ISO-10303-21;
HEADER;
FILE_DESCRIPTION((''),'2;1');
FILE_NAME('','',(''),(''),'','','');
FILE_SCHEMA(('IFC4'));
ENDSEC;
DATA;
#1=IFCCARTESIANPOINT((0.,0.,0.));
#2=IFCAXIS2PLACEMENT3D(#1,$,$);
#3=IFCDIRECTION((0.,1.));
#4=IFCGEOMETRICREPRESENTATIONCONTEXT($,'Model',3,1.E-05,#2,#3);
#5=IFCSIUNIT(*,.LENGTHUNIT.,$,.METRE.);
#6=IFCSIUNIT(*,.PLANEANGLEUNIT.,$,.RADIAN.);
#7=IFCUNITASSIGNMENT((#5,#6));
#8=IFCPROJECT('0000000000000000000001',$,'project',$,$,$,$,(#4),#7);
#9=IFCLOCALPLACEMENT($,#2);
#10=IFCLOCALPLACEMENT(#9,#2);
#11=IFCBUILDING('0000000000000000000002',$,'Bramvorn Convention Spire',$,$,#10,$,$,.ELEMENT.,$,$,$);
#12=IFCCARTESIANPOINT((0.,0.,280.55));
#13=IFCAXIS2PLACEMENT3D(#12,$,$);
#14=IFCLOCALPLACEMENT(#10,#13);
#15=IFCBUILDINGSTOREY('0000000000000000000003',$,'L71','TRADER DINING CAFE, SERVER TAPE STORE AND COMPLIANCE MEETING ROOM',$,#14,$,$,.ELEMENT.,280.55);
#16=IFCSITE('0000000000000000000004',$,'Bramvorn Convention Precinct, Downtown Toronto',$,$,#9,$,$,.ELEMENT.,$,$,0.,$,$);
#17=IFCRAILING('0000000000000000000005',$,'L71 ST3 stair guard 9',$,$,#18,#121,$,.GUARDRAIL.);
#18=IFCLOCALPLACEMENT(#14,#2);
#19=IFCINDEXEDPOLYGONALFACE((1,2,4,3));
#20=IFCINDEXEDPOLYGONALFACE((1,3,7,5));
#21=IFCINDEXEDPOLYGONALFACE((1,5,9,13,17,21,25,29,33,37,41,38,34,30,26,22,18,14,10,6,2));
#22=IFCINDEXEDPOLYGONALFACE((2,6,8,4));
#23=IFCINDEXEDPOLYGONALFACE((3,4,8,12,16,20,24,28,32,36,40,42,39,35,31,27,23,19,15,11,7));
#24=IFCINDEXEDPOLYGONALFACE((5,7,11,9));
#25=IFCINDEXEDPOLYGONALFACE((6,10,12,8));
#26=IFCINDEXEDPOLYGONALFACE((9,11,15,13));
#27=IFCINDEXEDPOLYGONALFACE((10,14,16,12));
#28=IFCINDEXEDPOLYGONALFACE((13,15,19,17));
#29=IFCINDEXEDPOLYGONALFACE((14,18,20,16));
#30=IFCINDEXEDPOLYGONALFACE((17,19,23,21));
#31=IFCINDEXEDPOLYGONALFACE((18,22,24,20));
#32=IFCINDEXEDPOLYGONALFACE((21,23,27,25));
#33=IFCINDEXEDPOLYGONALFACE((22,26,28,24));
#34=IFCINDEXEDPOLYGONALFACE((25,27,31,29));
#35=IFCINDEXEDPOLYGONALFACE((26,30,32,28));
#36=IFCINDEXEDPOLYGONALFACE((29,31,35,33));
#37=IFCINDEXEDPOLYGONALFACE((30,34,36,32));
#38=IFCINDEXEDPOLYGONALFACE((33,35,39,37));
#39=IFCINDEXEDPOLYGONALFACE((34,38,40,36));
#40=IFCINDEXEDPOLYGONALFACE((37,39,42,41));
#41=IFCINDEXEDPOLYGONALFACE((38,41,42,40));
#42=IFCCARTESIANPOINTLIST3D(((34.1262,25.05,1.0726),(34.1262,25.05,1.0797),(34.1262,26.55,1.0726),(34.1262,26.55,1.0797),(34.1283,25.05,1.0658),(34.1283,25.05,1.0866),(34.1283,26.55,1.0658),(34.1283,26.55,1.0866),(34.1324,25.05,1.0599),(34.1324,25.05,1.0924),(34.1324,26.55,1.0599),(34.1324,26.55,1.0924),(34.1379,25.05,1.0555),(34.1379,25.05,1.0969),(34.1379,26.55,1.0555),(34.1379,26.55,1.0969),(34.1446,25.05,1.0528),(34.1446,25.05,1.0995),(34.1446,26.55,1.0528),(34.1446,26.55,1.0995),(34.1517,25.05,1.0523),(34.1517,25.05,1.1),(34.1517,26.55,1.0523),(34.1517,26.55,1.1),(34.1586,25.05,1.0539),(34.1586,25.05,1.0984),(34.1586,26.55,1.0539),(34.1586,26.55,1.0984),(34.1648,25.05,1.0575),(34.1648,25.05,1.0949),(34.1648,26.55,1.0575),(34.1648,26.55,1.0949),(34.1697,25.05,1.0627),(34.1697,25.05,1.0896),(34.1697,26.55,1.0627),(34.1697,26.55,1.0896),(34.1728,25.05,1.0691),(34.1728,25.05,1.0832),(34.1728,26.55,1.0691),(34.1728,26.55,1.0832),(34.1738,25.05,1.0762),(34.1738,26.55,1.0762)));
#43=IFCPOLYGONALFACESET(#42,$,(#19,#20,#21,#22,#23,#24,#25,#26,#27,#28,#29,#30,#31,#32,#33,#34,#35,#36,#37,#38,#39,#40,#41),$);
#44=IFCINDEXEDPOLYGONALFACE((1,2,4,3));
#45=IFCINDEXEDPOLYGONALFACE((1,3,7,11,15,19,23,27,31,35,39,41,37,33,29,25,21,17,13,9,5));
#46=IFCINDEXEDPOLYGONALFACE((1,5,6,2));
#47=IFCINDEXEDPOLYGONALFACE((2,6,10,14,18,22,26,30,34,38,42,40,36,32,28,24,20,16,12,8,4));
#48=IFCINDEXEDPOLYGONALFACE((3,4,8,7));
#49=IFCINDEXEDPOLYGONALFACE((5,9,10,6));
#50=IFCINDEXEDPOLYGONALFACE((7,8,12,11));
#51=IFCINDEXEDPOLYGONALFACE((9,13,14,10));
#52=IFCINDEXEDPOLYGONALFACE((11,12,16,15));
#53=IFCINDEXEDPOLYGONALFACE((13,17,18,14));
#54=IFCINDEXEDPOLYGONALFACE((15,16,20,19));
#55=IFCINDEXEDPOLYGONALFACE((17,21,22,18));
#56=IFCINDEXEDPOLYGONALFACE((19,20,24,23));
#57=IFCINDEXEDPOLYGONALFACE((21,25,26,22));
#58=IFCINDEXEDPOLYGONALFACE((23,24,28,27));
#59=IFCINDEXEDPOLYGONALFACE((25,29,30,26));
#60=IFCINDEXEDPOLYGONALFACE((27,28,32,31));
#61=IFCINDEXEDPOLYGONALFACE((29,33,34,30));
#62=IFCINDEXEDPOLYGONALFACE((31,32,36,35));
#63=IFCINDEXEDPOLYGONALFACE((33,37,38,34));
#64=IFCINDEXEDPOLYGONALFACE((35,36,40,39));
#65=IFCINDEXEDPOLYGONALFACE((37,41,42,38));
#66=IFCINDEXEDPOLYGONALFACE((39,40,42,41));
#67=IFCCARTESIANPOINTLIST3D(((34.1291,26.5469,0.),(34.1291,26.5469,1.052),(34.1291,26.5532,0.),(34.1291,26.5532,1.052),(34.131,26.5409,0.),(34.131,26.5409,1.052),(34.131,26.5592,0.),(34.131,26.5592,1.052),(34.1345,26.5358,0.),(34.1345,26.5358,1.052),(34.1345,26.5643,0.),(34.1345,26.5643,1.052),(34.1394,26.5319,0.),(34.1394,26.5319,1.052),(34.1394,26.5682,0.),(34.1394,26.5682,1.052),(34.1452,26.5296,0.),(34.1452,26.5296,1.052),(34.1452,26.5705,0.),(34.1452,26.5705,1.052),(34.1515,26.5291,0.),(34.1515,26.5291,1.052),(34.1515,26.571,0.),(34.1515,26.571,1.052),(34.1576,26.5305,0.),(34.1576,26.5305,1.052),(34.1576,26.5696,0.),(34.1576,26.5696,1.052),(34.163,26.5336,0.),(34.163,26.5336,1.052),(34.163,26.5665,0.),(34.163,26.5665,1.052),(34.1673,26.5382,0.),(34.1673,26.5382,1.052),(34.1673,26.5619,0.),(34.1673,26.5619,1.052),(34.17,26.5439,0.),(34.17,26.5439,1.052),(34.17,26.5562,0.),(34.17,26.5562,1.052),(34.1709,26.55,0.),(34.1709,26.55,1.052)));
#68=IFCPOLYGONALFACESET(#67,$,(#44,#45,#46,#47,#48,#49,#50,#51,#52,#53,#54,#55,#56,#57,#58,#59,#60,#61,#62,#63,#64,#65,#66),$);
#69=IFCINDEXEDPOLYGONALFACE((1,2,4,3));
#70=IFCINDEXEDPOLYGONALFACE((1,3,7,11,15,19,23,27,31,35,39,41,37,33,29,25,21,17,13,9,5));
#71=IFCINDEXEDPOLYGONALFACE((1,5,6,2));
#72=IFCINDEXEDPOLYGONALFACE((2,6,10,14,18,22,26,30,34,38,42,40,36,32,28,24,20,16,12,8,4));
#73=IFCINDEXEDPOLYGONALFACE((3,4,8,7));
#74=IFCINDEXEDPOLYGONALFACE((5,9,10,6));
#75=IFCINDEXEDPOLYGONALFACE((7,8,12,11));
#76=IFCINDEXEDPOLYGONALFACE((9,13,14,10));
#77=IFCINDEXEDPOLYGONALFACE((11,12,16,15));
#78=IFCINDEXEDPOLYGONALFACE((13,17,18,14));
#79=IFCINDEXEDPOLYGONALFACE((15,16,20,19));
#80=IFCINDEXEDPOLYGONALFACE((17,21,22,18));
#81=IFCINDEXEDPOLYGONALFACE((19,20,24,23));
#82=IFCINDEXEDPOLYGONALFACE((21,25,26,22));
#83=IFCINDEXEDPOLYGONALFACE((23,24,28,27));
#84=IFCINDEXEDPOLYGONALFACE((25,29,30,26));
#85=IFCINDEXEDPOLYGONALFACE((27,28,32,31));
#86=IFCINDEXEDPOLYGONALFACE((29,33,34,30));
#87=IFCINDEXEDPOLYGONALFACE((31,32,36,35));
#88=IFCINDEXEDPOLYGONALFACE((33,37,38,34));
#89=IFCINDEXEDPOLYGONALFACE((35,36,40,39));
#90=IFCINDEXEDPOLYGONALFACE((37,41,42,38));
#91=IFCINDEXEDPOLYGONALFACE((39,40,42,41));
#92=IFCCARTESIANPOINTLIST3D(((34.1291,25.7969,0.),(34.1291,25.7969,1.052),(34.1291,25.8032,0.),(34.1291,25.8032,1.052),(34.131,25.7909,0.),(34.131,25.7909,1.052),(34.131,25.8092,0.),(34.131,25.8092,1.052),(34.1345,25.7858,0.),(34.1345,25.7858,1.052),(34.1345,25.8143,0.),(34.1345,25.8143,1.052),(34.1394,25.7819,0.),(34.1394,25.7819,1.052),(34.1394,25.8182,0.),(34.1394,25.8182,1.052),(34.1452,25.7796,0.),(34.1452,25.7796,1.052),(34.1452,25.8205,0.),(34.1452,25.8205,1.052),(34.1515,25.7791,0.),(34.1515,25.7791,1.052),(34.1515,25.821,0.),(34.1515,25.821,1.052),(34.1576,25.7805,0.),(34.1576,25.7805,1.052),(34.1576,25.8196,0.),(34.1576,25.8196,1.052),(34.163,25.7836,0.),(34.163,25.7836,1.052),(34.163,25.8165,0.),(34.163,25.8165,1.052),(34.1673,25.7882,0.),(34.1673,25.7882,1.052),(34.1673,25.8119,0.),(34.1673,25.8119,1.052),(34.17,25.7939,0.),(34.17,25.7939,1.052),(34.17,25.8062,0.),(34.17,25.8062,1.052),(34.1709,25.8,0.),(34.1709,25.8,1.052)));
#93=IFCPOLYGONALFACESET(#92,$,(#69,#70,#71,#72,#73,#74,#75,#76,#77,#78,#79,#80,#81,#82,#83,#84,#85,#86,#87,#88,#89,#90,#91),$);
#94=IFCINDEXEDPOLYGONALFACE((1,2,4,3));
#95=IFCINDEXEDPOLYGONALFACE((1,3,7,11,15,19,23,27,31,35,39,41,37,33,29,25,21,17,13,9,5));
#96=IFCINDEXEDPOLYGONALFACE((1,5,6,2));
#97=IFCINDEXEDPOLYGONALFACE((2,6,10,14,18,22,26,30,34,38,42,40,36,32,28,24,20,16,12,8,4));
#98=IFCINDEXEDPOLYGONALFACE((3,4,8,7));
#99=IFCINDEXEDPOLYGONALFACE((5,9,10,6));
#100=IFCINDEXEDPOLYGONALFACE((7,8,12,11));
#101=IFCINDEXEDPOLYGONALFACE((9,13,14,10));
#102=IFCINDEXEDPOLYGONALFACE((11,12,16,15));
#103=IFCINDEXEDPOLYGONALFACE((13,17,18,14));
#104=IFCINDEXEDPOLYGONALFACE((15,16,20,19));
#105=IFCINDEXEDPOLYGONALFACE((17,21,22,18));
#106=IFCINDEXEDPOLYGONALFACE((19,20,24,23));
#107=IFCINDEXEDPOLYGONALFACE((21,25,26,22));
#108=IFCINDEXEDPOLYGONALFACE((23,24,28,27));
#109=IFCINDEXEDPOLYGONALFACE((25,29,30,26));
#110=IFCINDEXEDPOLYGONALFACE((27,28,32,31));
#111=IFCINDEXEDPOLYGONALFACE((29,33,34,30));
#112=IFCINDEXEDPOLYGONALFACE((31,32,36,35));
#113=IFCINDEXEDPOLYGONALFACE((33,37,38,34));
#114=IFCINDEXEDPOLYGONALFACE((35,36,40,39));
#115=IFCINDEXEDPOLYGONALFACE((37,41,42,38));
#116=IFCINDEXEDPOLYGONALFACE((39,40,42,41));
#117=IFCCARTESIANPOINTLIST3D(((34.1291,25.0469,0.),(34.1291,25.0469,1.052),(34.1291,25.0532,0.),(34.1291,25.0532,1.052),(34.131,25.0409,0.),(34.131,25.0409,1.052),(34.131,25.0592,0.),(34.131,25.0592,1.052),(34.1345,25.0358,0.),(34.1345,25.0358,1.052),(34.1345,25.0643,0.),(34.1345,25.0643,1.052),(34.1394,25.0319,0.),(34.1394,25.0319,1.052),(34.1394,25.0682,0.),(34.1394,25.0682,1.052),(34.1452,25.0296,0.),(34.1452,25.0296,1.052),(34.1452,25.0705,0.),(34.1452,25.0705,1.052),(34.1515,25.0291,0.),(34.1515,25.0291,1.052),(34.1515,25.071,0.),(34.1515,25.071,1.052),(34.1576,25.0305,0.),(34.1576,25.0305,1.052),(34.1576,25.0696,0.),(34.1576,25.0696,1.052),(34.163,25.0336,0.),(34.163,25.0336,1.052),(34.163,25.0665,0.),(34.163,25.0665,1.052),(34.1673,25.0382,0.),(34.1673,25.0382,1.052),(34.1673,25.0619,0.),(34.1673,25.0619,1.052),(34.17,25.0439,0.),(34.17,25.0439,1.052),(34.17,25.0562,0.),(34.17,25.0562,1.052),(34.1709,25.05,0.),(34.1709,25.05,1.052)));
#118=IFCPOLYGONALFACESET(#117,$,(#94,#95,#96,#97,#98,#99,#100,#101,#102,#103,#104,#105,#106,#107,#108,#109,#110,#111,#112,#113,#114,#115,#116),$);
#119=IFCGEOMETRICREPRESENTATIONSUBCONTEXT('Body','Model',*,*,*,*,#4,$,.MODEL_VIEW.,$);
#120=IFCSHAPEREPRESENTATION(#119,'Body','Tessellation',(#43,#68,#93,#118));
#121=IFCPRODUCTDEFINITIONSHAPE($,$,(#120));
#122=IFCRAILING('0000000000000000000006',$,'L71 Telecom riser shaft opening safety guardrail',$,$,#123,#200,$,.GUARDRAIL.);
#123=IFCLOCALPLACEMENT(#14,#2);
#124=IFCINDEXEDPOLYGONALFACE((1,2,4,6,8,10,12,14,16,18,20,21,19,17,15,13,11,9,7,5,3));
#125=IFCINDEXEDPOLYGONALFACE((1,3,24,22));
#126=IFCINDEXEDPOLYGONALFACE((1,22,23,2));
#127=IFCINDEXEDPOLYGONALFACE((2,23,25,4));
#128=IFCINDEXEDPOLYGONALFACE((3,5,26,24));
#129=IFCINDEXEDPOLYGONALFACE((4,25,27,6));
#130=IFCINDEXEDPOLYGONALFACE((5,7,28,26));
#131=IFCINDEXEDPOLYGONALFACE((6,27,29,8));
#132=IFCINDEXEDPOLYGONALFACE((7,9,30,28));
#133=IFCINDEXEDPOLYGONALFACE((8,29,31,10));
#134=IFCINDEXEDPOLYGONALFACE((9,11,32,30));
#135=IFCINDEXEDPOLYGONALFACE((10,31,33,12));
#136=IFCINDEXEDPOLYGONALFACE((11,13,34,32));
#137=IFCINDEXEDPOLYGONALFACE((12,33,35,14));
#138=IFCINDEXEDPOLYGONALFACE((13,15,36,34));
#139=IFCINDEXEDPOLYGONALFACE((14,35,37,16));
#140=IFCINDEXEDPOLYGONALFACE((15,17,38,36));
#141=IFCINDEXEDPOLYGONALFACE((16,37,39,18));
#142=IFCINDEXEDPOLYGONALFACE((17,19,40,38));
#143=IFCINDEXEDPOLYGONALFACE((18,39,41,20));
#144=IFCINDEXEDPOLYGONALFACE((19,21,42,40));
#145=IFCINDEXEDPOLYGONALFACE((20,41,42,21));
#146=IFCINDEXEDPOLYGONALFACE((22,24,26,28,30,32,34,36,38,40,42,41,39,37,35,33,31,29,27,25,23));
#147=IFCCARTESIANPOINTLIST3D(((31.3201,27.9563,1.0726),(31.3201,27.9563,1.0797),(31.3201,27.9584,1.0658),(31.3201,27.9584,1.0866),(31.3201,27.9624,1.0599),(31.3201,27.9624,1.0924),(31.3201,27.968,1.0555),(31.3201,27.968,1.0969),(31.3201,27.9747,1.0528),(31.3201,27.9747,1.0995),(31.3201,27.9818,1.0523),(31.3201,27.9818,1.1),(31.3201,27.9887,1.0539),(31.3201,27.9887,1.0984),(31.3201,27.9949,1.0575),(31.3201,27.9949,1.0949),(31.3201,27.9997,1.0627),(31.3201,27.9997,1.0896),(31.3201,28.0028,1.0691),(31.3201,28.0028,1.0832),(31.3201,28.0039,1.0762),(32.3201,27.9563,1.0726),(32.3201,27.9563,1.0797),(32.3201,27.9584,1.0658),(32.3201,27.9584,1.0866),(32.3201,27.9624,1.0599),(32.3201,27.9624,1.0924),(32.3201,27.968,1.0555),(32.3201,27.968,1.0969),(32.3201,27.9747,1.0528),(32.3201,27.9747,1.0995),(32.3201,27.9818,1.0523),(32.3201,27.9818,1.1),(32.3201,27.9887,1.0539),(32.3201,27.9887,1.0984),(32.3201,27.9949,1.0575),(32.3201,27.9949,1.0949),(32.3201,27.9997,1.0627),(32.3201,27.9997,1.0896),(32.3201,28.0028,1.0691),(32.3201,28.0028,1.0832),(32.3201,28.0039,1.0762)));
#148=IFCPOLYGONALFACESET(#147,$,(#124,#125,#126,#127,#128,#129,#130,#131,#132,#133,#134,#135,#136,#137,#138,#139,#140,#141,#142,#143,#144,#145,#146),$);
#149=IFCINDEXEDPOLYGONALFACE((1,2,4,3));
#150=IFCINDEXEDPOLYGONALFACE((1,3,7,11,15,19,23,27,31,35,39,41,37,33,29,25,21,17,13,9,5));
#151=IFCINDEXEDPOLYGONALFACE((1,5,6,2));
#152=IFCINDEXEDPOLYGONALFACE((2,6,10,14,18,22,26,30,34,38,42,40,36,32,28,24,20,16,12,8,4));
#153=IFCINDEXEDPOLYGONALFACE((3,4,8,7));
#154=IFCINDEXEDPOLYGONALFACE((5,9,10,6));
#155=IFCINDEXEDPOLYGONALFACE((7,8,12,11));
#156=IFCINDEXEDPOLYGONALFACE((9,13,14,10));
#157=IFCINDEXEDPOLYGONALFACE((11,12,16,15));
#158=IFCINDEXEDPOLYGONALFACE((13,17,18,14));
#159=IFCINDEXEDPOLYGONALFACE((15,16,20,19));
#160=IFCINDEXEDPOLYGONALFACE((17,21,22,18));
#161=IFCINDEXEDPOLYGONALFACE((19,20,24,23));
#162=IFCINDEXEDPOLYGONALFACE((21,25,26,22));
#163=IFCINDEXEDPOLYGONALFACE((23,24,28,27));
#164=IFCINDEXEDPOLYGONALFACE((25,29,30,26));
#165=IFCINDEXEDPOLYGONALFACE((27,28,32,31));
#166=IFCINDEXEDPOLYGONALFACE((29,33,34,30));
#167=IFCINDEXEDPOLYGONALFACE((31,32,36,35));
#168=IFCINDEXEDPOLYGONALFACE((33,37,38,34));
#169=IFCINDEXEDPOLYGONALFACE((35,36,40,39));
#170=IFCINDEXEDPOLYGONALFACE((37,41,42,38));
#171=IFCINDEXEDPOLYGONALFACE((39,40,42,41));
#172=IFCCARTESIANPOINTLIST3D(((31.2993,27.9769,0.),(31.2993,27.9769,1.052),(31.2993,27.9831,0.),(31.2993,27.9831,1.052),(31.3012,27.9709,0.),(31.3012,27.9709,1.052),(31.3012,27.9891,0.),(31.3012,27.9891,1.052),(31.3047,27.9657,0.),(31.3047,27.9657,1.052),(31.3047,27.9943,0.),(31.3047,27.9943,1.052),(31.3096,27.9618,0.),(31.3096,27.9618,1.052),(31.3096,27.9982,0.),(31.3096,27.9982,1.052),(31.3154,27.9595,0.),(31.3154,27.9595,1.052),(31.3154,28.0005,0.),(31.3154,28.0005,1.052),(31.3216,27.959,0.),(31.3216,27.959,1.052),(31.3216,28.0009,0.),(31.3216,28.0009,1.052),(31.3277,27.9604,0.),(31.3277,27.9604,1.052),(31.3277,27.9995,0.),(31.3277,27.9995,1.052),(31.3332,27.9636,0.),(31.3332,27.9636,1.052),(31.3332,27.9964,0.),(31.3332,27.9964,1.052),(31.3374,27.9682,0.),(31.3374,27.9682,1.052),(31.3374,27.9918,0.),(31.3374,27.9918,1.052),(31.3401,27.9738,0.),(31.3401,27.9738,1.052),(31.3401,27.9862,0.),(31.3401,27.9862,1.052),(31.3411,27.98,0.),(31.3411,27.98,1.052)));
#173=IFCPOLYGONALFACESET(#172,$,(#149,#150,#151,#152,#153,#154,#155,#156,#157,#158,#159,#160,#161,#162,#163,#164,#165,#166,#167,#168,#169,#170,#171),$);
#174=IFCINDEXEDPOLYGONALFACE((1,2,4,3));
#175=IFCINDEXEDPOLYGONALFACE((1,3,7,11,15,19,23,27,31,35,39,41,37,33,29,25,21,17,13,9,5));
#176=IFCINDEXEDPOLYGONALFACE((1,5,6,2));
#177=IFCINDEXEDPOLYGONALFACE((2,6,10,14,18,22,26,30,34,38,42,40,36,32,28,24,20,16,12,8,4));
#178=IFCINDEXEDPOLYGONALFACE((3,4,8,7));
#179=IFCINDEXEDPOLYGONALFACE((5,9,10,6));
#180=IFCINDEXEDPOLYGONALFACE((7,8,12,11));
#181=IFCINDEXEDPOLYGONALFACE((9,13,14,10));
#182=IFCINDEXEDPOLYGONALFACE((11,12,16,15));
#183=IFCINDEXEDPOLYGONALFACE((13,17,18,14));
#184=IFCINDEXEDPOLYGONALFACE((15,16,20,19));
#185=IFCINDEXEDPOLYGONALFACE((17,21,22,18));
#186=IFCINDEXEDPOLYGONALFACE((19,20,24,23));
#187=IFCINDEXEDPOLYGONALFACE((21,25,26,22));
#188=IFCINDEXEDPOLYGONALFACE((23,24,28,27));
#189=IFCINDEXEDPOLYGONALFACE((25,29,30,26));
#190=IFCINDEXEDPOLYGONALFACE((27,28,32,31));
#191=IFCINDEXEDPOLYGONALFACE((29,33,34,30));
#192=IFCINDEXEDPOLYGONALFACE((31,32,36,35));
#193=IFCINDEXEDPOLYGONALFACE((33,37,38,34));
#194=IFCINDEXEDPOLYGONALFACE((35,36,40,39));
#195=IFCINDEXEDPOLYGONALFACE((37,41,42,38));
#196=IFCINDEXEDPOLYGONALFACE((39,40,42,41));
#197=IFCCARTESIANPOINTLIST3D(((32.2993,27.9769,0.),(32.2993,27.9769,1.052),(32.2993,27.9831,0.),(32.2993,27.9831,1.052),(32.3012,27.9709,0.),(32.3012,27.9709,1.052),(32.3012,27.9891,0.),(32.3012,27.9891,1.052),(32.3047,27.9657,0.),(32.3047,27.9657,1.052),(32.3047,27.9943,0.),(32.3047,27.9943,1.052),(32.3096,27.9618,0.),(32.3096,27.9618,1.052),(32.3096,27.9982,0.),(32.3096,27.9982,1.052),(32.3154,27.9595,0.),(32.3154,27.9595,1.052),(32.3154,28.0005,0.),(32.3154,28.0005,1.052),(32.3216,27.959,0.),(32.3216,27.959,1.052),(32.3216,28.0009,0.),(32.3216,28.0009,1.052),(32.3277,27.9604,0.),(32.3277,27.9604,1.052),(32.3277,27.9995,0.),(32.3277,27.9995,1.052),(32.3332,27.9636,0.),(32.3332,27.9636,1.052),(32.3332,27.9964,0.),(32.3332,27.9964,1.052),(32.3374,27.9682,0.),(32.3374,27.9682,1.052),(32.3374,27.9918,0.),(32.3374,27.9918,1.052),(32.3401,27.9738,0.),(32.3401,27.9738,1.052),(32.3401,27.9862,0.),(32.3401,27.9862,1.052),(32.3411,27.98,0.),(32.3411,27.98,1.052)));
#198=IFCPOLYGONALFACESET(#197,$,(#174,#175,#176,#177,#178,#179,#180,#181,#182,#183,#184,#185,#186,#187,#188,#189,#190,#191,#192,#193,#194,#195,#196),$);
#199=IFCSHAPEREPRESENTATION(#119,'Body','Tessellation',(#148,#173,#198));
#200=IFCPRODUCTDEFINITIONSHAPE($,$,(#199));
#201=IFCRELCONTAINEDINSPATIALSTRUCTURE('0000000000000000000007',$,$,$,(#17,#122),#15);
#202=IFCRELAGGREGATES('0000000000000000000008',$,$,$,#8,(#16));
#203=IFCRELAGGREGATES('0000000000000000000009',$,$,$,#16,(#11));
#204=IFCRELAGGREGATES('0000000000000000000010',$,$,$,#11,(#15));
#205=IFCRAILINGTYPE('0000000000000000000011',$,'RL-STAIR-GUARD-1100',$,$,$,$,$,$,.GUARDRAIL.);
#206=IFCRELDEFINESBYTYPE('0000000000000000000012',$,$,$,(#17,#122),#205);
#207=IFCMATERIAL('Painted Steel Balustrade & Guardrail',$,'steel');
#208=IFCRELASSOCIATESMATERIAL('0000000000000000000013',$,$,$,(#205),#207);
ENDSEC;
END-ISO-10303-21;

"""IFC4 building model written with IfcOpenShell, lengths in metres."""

from ifc_helpers import new_model, si_unit, direction, frame, origin, origin_2d, place, context, subcontext, project, spatial, circle, extrude, material, type_object, element, save


model = new_model("IFC4")

# Units and contexts
model_context = context("Model", 3, precision=1e-05, world=origin(), true_north=direction((0.0, 1.0)))
body_context = subcontext(model_context, "Body", "Model", "MODEL_VIEW")
ifc_project = project(units=[si_unit("LENGTHUNIT", "METRE"), si_unit("PLANEANGLEUNIT", "RADIAN")], contexts=[model_context])

# Site, building, storey
site_placement = place(None, origin())
site = spatial("IfcSite", under=ifc_project, at=site_placement, Name="Bramvorn Convention Precinct, Downtown Toronto", CompositionType="ELEMENT", RefElevation=0.0)
building_placement = place(site_placement, origin())
building = spatial("IfcBuilding", under=site, at=building_placement, Name="Bramvorn Convention Spire", CompositionType="ELEMENT")
storey_placement = place(building_placement, frame((0.0, 0.0, 280.55)))
storey = spatial("IfcBuildingStorey", under=building, at=storey_placement, Name="L71", Description="TRADER DINING CAFE, SERVER TAPE STORE AND COMPLIANCE MEETING ROOM", CompositionType="ELEMENT", Elevation=280.55)

# Railings
ifc_material_1 = material(Name="Painted Steel Balustrade & Guardrail", Category="steel")
railing_type_1 = type_object("IfcRailingType", Name="RL-STAIR-GUARD-1100", PredefinedType="GUARDRAIL", material=ifc_material_1)
for number, where, name in (
    (1, (34.1499, 26.55, 0.0), "L71 ST3 stair guard 9"),
):
    element("IfcRailing", number, at=place(storey_placement, frame(where)), inside=storey, type_object=railing_type_1, Name=name, PredefinedType="GUARDRAIL", context=body_context, shape_type="SweptSolid", body=[
        extrude(circle(Radius=0.0239, at=origin_2d()), frame((0.0, 0.0, 1.0762), z_axis=(0.0, -1.0, 0.0), x_axis=(1.0, 0.0, 0.0)), (0.0, 0.0, 1.0), 1.5),
        extrude(circle(Radius=0.021, at=origin_2d()), origin(), (0.0, 0.0, 1.0), 1.052),
        extrude(circle(Radius=0.021, at=origin_2d()), frame((0.0, -0.75, 0.0)), (0.0, 0.0, 1.0), 1.052),
        extrude(circle(Radius=0.021, at=origin_2d()), frame((0.0, -1.5, 0.0)), (0.0, 0.0, 1.0), 1.052),
    ])
railing_1_placement = place(storey_placement, frame((31.3201, 27.98, 0.0)))
element("IfcRailing", 2, at=railing_1_placement, inside=storey, type_object=railing_type_1, Name="L71 Telecom riser shaft opening safety guardrail", PredefinedType="GUARDRAIL", context=body_context, shape_type="SweptSolid", body=[
    extrude(circle(Radius=0.0239, at=origin_2d()), frame((0.0, 0.0, 1.0762), z_axis=(1.0, 0.0, 0.0), x_axis=(0.0, 1.0, 0.0)), (0.0, 0.0, 1.0), 1.0),
    extrude(circle(Radius=0.021, at=origin_2d()), origin(), (0.0, 0.0, 1.0), 1.052),
    extrude(circle(Radius=0.021, at=origin_2d()), frame((1.0, 0.0, 0.0)), (0.0, 0.0, 1.0), 1.052),
])

save(model, "model.ifc")
